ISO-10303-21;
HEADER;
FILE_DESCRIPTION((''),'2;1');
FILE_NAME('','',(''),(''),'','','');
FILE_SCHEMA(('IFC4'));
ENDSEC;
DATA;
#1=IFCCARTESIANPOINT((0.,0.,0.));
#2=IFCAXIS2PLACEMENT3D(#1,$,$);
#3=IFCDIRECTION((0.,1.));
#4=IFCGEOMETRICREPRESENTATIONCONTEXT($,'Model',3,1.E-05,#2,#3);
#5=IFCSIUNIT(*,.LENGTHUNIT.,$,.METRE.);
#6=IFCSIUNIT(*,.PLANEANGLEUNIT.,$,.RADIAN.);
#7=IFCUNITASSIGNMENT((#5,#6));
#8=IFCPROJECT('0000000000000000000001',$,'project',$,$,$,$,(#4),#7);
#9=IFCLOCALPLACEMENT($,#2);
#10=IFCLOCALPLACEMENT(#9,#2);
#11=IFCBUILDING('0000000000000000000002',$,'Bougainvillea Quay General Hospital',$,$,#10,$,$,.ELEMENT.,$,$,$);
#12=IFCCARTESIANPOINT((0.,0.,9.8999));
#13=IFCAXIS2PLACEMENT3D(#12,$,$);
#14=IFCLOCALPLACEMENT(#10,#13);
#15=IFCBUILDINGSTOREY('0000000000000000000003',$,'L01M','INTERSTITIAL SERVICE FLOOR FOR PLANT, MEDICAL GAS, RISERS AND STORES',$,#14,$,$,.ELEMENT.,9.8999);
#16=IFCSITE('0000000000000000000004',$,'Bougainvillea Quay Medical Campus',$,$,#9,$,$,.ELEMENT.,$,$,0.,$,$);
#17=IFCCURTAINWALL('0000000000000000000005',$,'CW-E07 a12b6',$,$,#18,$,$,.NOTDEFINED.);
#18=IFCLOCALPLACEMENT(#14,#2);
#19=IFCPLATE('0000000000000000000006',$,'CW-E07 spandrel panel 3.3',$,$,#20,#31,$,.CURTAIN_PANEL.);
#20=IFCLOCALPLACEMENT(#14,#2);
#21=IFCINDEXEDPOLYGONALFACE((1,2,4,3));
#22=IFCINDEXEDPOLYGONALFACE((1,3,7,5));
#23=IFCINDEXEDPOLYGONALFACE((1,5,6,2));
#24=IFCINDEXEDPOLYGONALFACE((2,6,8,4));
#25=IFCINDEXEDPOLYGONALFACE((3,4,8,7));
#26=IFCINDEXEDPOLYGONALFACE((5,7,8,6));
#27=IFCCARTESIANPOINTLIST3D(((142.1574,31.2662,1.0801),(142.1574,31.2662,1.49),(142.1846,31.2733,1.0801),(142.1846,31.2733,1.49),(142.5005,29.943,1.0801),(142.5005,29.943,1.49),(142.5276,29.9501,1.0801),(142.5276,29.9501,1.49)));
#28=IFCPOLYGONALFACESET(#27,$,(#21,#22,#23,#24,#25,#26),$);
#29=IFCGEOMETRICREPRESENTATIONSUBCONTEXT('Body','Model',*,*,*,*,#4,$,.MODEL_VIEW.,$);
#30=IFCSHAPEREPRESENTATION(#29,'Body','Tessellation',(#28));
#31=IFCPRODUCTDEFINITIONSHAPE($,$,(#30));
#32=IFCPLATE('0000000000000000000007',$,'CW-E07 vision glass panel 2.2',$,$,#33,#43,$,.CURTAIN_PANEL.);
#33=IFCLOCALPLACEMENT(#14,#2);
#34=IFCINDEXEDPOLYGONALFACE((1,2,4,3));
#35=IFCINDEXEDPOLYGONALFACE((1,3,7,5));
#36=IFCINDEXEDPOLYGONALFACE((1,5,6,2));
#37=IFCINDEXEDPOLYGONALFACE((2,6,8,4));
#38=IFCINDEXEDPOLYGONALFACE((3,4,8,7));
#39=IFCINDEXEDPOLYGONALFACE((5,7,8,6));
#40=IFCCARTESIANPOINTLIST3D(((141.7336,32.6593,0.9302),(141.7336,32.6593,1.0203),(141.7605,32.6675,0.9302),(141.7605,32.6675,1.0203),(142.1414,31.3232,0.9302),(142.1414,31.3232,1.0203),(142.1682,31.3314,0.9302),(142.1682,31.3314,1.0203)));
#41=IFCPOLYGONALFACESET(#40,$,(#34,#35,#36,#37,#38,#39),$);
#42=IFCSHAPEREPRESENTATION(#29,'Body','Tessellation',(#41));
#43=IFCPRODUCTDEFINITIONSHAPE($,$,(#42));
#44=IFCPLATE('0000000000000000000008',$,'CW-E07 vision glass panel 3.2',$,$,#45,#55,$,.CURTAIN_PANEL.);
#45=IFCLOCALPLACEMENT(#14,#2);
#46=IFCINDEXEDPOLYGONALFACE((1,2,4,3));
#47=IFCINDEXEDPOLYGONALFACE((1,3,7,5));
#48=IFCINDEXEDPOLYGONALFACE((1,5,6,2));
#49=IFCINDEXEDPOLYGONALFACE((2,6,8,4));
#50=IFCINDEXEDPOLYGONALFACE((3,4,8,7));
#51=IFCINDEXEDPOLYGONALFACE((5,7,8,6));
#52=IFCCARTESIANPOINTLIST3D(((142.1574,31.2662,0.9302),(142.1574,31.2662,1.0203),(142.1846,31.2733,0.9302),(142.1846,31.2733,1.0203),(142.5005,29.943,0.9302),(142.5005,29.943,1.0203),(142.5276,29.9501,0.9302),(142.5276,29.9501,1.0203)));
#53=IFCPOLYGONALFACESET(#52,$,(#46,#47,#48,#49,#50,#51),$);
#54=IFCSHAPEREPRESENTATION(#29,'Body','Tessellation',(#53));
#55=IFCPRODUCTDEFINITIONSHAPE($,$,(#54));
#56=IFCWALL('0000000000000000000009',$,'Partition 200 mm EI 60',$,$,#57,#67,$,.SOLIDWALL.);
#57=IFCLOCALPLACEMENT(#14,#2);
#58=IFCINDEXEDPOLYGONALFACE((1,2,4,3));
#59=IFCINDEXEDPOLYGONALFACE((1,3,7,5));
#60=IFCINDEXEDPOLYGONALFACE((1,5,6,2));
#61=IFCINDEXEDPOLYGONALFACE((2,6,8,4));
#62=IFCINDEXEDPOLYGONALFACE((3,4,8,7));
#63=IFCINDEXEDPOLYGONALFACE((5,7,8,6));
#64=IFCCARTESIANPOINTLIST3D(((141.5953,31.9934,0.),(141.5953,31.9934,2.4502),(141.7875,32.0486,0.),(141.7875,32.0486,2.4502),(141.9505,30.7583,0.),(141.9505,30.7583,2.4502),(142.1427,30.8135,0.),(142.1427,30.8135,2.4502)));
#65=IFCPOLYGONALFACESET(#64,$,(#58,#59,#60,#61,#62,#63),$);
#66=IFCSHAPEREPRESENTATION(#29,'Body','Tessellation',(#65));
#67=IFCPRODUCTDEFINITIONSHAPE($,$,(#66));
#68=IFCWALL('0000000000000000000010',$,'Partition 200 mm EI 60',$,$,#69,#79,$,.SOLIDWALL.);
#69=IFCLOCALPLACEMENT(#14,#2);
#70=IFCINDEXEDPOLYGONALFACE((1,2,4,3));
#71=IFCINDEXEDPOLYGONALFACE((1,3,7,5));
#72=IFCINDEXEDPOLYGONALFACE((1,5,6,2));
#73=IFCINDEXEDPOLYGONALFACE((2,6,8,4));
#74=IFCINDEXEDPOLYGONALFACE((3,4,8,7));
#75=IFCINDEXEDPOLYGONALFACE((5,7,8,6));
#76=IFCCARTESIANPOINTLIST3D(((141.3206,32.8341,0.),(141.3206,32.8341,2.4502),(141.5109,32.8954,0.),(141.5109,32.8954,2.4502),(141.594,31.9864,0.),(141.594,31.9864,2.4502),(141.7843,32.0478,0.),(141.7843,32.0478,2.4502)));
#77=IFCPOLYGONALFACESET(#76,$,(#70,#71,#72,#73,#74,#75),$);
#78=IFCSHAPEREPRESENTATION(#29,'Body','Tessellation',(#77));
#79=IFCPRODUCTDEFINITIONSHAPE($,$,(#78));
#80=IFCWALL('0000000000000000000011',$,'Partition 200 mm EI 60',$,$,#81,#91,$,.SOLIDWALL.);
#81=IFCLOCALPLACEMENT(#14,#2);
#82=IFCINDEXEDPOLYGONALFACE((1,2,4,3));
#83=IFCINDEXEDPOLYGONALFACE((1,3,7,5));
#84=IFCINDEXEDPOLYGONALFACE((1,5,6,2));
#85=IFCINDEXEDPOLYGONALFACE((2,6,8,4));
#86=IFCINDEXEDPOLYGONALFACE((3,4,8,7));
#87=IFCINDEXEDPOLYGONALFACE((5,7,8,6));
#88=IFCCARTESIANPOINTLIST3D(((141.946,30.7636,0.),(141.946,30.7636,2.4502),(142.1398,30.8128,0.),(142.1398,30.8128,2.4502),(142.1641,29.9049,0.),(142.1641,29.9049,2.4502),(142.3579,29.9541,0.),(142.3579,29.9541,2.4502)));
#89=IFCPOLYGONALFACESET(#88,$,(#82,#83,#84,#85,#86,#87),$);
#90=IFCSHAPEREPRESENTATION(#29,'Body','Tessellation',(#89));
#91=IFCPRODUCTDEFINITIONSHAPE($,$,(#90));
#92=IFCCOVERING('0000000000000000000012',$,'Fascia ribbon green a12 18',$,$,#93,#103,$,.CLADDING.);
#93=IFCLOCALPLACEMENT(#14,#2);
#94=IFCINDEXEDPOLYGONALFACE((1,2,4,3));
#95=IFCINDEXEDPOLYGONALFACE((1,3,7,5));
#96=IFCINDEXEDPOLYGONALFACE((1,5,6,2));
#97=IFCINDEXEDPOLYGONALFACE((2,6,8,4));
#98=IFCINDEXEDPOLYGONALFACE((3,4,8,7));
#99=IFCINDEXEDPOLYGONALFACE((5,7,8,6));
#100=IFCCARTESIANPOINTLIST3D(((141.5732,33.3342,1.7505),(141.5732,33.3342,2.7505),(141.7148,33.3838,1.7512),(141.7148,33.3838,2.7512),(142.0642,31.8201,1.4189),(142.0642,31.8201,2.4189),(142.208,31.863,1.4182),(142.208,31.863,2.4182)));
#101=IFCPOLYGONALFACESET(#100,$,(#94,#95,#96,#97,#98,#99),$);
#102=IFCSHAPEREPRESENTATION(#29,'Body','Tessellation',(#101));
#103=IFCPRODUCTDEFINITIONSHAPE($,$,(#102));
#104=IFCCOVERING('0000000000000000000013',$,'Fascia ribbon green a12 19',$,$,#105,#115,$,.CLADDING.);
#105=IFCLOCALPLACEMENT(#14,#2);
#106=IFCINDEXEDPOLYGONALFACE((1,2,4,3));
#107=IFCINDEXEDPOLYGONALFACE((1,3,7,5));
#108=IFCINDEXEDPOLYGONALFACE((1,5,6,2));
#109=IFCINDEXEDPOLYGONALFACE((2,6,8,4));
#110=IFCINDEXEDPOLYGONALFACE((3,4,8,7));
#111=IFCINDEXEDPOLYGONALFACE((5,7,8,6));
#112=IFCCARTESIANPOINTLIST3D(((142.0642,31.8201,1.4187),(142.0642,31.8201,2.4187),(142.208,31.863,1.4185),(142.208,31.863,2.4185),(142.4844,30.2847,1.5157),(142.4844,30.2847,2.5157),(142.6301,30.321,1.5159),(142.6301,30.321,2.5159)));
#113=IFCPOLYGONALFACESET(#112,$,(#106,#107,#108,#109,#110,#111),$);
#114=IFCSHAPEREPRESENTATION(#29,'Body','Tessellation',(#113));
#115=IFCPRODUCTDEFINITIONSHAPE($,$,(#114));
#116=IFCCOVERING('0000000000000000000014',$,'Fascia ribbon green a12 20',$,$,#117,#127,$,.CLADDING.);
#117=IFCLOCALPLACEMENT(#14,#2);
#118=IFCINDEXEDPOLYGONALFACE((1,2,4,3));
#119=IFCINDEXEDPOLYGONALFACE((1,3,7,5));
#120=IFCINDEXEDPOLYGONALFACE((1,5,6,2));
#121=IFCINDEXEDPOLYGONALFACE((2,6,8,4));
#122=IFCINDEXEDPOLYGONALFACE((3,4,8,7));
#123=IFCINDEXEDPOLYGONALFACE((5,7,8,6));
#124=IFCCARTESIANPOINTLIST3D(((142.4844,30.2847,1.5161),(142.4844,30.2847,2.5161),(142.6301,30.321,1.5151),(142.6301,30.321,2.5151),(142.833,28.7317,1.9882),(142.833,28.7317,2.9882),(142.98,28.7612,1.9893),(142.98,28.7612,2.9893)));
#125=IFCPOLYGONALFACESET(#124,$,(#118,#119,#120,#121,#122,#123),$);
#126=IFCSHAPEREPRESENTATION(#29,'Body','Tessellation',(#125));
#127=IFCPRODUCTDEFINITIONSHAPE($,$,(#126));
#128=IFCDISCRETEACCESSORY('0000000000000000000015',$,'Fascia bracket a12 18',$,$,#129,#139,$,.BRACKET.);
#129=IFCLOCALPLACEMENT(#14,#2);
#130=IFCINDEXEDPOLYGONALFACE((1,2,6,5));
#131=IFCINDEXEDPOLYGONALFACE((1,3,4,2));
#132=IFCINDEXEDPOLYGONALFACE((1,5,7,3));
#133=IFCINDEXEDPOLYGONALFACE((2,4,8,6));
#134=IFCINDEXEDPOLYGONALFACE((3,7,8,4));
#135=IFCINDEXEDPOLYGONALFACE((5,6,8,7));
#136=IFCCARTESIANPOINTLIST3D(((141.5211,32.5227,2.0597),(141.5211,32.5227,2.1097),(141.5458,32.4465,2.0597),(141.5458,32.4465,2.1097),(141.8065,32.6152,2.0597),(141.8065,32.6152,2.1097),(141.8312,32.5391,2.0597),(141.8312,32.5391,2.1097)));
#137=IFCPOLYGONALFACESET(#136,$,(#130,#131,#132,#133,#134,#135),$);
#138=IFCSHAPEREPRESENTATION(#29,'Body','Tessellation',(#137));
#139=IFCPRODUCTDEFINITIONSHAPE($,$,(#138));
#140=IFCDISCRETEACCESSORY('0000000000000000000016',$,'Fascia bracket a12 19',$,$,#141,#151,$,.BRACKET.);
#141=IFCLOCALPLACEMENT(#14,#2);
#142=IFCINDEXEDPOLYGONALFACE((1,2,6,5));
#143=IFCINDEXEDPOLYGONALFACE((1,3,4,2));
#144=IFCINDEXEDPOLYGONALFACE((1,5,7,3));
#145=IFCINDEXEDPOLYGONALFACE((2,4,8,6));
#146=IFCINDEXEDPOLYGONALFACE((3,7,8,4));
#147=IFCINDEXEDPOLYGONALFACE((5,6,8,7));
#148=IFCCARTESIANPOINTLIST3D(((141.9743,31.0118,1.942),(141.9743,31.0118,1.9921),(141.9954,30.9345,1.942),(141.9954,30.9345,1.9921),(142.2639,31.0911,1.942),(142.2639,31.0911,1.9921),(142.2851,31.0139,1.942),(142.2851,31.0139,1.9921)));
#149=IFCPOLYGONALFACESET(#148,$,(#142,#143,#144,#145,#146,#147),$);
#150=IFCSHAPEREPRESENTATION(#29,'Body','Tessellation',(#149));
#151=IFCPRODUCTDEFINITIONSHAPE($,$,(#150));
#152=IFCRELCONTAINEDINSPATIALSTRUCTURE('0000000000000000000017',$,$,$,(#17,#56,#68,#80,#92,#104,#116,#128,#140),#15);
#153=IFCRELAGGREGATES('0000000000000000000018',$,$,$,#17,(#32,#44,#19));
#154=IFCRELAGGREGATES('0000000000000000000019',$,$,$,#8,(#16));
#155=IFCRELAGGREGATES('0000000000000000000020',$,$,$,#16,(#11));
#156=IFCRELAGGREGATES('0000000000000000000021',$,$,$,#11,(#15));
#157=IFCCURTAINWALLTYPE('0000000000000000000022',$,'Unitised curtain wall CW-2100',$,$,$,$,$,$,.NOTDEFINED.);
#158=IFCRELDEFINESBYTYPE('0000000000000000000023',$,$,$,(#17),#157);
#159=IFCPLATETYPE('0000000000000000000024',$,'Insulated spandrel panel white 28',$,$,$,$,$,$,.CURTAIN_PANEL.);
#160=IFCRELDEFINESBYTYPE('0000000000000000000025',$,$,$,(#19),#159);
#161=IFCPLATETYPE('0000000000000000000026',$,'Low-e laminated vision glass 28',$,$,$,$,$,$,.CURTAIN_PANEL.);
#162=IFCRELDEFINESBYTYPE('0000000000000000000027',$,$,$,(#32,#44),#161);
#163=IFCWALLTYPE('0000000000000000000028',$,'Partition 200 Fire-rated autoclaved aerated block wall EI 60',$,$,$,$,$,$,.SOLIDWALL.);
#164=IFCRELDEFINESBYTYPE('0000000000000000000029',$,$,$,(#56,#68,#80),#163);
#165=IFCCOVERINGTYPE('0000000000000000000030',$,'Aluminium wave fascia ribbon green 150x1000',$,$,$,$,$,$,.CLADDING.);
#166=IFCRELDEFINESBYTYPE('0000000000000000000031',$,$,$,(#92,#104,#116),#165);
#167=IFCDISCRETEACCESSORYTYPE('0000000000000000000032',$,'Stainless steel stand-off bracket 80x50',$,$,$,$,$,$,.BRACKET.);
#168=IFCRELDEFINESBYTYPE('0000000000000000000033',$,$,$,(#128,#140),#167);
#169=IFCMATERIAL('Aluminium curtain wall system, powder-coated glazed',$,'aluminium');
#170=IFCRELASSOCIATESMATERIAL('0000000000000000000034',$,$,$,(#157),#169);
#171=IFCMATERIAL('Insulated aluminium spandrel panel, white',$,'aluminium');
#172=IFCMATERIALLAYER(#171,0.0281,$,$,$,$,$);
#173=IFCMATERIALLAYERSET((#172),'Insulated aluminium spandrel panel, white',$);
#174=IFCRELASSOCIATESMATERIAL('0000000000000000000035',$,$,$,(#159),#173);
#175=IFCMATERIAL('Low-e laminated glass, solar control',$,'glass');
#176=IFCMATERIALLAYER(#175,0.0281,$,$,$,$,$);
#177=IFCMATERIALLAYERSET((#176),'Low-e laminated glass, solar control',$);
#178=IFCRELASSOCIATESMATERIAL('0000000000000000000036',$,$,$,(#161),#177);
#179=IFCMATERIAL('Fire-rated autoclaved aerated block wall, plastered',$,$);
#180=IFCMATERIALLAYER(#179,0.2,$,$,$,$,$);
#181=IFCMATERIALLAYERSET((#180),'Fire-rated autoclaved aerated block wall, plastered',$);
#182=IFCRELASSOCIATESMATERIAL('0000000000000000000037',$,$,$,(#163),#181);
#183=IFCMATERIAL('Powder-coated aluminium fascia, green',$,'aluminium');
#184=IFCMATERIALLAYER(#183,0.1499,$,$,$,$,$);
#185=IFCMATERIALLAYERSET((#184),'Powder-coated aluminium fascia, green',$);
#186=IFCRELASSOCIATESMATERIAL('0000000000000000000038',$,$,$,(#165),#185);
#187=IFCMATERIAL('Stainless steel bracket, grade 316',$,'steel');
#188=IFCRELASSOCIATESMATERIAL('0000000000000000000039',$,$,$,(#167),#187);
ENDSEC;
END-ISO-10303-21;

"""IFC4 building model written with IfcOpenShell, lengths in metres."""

from ifc_helpers import new_model, si_unit, direction, frame, frame_2d, origin, origin_2d, place, context, subcontext, project, spatial, polyline, rectangle, outline, extrude, material, layer, layer_set, material_profile, profile_set, type_object, element, aggregate, save


model = new_model("IFC4")

# Units and contexts
model_context = context("Model", 3, precision=1e-05, world=origin(), true_north=direction((0.0, 1.0)))
body_context = subcontext(model_context, "Body", "Model", "MODEL_VIEW")
ifc_project = project(units=[si_unit("LENGTHUNIT", "METRE"), si_unit("PLANEANGLEUNIT", "RADIAN")], contexts=[model_context])

# Site, building, storey
site_placement = place(None, origin())
site = spatial("IfcSite", under=ifc_project, at=site_placement, Name="Bougainvillea Quay Medical Campus", CompositionType="ELEMENT", RefElevation=0.0)
building_placement = place(site_placement, origin())
building = spatial("IfcBuilding", under=site, at=building_placement, Name="Bougainvillea Quay General Hospital", CompositionType="ELEMENT")
storey_placement = place(building_placement, frame((0.0, 0.0, 9.8999)))
storey = spatial("IfcBuildingStorey", under=building, at=storey_placement, Name="L01M", Description="INTERSTITIAL SERVICE FLOOR FOR PLANT, MEDICAL GAS, RISERS AND STORES", CompositionType="ELEMENT", Elevation=9.8999)

# Curtain wall, plates
ifc_material_1 = material(Name="Aluminium curtain wall system, powder-coated glazed", Category="aluminium")
curtain_wall_type = type_object("IfcCurtainWallType", Name="Unitised curtain wall CW-2100", PredefinedType="NOTDEFINED", material=ifc_material_1)
curtain_wall_placement = place(storey_placement, origin())
curtain_wall = element("IfcCurtainWall", 1, at=curtain_wall_placement, inside=storey, type_object=curtain_wall_type, Name="CW-E07 a12b6", PredefinedType="NOTDEFINED")
ifc_material_2 = material(Name="Insulated aluminium spandrel panel, white", Category="aluminium")
ifc_layer_1 = layer(ifc_material_2, 0.0281)
ifc_layer_set_1 = layer_set([ifc_layer_1], Name="Insulated aluminium spandrel panel, white")
plate_type_1 = type_object("IfcPlateType", Name="Insulated spandrel panel white 28", PredefinedType="CURTAIN_PANEL", material=ifc_layer_set_1)
plate_1_placement = place(storey_placement, frame((142.3425, 30.6082, 1.0801), z_axis=(0.0, 0.0, 1.0), x_axis=(0.250966, -0.967996, 0.0)))
plate_1 = element("IfcPlate", 2, at=plate_1_placement, type_object=plate_type_1, Name="CW-E07 spandrel panel 3.3", PredefinedType="CURTAIN_PANEL", context=body_context, shape_type="SweptSolid", body=[
    extrude(rectangle(XDim=1.3669, YDim=0.0281, at=origin_2d()), origin(), (0.0, 0.0, 1.0), 0.4099),
])
ifc_material_3 = material(Name="Low-e laminated glass, solar control", Category="glass")
ifc_layer_2 = layer(ifc_material_3, 0.0281)
ifc_layer_set_2 = layer_set([ifc_layer_2], Name="Low-e laminated glass, solar control")
plate_type_2 = type_object("IfcPlateType", Name="Low-e laminated vision glass 28", PredefinedType="CURTAIN_PANEL", material=ifc_layer_set_2)
plate_2_placement = place(storey_placement, frame((141.9509, 31.9954, 0.9302), z_axis=(0.0, 0.0, 1.0), x_axis=(0.291904, -0.956448, 0.0)))
plate_2 = element("IfcPlate", 3, at=plate_2_placement, type_object=plate_type_2, Name="CW-E07 vision glass panel 2.2", PredefinedType="CURTAIN_PANEL", context=body_context, shape_type="SweptSolid", body=[
    extrude(rectangle(XDim=1.397, YDim=0.0281, at=origin_2d()), origin(), (0.0, 0.0, 1.0), 0.0901),
])
plate_3_placement = place(storey_placement, frame((142.3425, 30.6082, 0.9302), z_axis=(0.0, 0.0, 1.0), x_axis=(0.250966, -0.967996, 0.0)))
plate_3 = element("IfcPlate", 4, at=plate_3_placement, type_object=plate_type_2, Name="CW-E07 vision glass panel 3.2", PredefinedType="CURTAIN_PANEL", context=body_context, shape_type="SweptSolid", body=[
    extrude(rectangle(XDim=1.3669, YDim=0.0281, at=origin_2d()), origin(), (0.0, 0.0, 1.0), 0.0901),
])
aggregate(curtain_wall, [plate_2, plate_3, plate_1])

# Walls
ifc_material_4 = material(Name="Fire-rated autoclaved aerated block wall, plastered")
ifc_layer_3 = layer(ifc_material_4, 0.2)
ifc_layer_set_3 = layer_set([ifc_layer_3], Name="Fire-rated autoclaved aerated block wall, plastered")
wall_type = type_object("IfcWallType", Name="Partition 200 Fire-rated autoclaved aerated block wall EI 60", PredefinedType="SOLIDWALL", material=ifc_layer_set_3)
wall_1_placement = place(storey_placement, frame((141.6914, 32.021, 0.0), z_axis=(0.0, 0.0, 1.0), x_axis=(0.276402, -0.961042, 0.0)))
element("IfcWall", 5, at=wall_1_placement, inside=storey, type_object=wall_type, Name="Partition 200 mm EI 60", PredefinedType="SOLIDWALL", context=body_context, shape_type="SweptSolid", body=[
    extrude(rectangle(XDim=1.2852, YDim=0.2, at=frame_2d((0.6426, 0.0))), origin(), (0.0, 0.0, 1.0), 2.4502),
])
wall_2_placement = place(storey_placement, frame((141.4158, 32.8647, 0.0), z_axis=(0.0, 0.0, 1.0), x_axis=(0.307003, -0.951709, 0.0)))
element("IfcWall", 6, at=wall_2_placement, inside=storey, type_object=wall_type, Name="Partition 200 mm EI 60", PredefinedType="SOLIDWALL", context=body_context, shape_type="SweptSolid", body=[
    extrude(rectangle(XDim=0.8906, YDim=0.2, at=frame_2d((0.4453, 0.0))), origin(), (0.0, 0.0, 1.0), 2.4502),
])
wall_3_placement = place(storey_placement, frame((142.043, 30.7881, 0.0), z_axis=(0.0, 0.0, 1.0), x_axis=(0.2461, -0.969244, 0.0)))
element("IfcWall", 7, at=wall_3_placement, inside=storey, type_object=wall_type, Name="Partition 200 mm EI 60", PredefinedType="SOLIDWALL", context=body_context, shape_type="SweptSolid", body=[
    extrude(rectangle(XDim=0.886, YDim=0.2, at=frame_2d((0.4429, 0.0))), origin(), (0.0, 0.0, 1.0), 2.4502),
])

# Coverings
ifc_material_5 = material(Name="Powder-coated aluminium fascia, green", Category="aluminium")
ifc_layer_4 = layer(ifc_material_5, 0.1499)
ifc_layer_set_4 = layer_set([ifc_layer_4], Name="Powder-coated aluminium fascia, green")
covering_type = type_object("IfcCoveringType", Name="Aluminium wave fascia ribbon green 150x1000", PredefinedType="CLADDING", material=ifc_layer_set_4)
covering_1_placement = place(storey_placement, frame((141.5732, 33.3342, 1.7505), z_axis=(0.062888, -0.193975, 0.978989), x_axis=(0.30196, -0.931257, -0.203915)))
element("IfcCovering", 8, at=covering_1_placement, inside=storey, type_object=covering_type, Name="Fascia ribbon green a12 18", PredefinedType="CLADDING", context=body_context, shape_type="SweptSolid", body=[
    extrude(outline(polyline([(0.0, 0.0), (1.6259, 0.0), (1.6295, 0.15), (-0.0035, 0.15), (0.0, 0.0)])), origin(), (-0.203915, 0.000007, 0.978989), 1.0),
])
covering_2_placement = place(storey_placement, frame((142.0642, 31.8201, 1.4187), z_axis=(-0.016068, 0.058635, 0.99815), x_axis=(0.26346, -0.962753, 0.060797)))
element("IfcCovering", 9, at=covering_2_placement, inside=storey, type_object=covering_type, Name="Fascia ribbon green a12 19", PredefinedType="CLADDING", context=body_context, shape_type="SweptSolid", body=[
    extrude(outline(polyline([(0.0, 0.0), (1.5948, 0.0), (1.5982, 0.1502), (-0.0035, 0.15), (0.0, 0.0)])), origin(), (0.060797, 0.000021, 0.99815), 1.0),
])
covering_3_placement = place(storey_placement, frame((142.4844, 30.2847, 1.5161), z_axis=(-0.062474, 0.27743, 0.958712), x_axis=(0.209998, -0.935431, 0.284377)))
element("IfcCovering", 10, at=covering_3_placement, inside=storey, type_object=covering_type, Name="Fascia ribbon green a12 20", PredefinedType="CLADDING", context=body_context, shape_type="SweptSolid", body=[
    extrude(outline(polyline([(0.0, 0.0), (1.6602, 0.0), (1.6637, 0.1499), (-0.0037, 0.1502), (0.0, 0.0)])), origin(), (0.284377, 0.00018, 0.958712), 1.0),
])

# Discrete accessories
ifc_material_6 = material(Name="Stainless steel bracket, grade 316", Category="steel")
ifc_material_profile_1 = material_profile(ifc_material_6, rectangle(XDim=0.0801, YDim=0.05, at=origin_2d()))
ifc_profile_set_1 = profile_set([ifc_material_profile_1], Name="Stainless steel bracket, grade 316")
discrete_accessory_type = type_object("IfcDiscreteAccessoryType", Name="Stainless steel stand-off bracket 80x50", PredefinedType="BRACKET", material=ifc_profile_set_1)
discrete_accessory_1_placement = place(storey_placement, frame((141.5334, 32.4846, 2.0847), z_axis=(0.951255, 0.308405, 0.0), x_axis=(-0.308405, 0.951255, 0.0)))
element("IfcDiscreteAccessory", 11, at=discrete_accessory_1_placement, inside=storey, type_object=discrete_accessory_type, Name="Fascia bracket a12 18", PredefinedType="BRACKET", context=body_context, shape_type="SweptSolid", body=[
    extrude(rectangle(XDim=0.0801, YDim=0.05, at=origin_2d()), origin(), (0.0, 0.0, 1.0), 0.3),
])
discrete_accessory_2_placement = place(storey_placement, frame((141.9849, 30.9731, 1.967), z_axis=(0.964444, 0.264287, 0.0), x_axis=(-0.264287, 0.964444, 0.0)))
element("IfcDiscreteAccessory", 12, at=discrete_accessory_2_placement, inside=storey, type_object=discrete_accessory_type, Name="Fascia bracket a12 19", PredefinedType="BRACKET", context=body_context, shape_type="SweptSolid", body=[
    extrude(rectangle(XDim=0.0801, YDim=0.05, at=origin_2d()), origin(), (0.0, 0.0, 1.0), 0.3003),
])

save(model, "model.ifc")
